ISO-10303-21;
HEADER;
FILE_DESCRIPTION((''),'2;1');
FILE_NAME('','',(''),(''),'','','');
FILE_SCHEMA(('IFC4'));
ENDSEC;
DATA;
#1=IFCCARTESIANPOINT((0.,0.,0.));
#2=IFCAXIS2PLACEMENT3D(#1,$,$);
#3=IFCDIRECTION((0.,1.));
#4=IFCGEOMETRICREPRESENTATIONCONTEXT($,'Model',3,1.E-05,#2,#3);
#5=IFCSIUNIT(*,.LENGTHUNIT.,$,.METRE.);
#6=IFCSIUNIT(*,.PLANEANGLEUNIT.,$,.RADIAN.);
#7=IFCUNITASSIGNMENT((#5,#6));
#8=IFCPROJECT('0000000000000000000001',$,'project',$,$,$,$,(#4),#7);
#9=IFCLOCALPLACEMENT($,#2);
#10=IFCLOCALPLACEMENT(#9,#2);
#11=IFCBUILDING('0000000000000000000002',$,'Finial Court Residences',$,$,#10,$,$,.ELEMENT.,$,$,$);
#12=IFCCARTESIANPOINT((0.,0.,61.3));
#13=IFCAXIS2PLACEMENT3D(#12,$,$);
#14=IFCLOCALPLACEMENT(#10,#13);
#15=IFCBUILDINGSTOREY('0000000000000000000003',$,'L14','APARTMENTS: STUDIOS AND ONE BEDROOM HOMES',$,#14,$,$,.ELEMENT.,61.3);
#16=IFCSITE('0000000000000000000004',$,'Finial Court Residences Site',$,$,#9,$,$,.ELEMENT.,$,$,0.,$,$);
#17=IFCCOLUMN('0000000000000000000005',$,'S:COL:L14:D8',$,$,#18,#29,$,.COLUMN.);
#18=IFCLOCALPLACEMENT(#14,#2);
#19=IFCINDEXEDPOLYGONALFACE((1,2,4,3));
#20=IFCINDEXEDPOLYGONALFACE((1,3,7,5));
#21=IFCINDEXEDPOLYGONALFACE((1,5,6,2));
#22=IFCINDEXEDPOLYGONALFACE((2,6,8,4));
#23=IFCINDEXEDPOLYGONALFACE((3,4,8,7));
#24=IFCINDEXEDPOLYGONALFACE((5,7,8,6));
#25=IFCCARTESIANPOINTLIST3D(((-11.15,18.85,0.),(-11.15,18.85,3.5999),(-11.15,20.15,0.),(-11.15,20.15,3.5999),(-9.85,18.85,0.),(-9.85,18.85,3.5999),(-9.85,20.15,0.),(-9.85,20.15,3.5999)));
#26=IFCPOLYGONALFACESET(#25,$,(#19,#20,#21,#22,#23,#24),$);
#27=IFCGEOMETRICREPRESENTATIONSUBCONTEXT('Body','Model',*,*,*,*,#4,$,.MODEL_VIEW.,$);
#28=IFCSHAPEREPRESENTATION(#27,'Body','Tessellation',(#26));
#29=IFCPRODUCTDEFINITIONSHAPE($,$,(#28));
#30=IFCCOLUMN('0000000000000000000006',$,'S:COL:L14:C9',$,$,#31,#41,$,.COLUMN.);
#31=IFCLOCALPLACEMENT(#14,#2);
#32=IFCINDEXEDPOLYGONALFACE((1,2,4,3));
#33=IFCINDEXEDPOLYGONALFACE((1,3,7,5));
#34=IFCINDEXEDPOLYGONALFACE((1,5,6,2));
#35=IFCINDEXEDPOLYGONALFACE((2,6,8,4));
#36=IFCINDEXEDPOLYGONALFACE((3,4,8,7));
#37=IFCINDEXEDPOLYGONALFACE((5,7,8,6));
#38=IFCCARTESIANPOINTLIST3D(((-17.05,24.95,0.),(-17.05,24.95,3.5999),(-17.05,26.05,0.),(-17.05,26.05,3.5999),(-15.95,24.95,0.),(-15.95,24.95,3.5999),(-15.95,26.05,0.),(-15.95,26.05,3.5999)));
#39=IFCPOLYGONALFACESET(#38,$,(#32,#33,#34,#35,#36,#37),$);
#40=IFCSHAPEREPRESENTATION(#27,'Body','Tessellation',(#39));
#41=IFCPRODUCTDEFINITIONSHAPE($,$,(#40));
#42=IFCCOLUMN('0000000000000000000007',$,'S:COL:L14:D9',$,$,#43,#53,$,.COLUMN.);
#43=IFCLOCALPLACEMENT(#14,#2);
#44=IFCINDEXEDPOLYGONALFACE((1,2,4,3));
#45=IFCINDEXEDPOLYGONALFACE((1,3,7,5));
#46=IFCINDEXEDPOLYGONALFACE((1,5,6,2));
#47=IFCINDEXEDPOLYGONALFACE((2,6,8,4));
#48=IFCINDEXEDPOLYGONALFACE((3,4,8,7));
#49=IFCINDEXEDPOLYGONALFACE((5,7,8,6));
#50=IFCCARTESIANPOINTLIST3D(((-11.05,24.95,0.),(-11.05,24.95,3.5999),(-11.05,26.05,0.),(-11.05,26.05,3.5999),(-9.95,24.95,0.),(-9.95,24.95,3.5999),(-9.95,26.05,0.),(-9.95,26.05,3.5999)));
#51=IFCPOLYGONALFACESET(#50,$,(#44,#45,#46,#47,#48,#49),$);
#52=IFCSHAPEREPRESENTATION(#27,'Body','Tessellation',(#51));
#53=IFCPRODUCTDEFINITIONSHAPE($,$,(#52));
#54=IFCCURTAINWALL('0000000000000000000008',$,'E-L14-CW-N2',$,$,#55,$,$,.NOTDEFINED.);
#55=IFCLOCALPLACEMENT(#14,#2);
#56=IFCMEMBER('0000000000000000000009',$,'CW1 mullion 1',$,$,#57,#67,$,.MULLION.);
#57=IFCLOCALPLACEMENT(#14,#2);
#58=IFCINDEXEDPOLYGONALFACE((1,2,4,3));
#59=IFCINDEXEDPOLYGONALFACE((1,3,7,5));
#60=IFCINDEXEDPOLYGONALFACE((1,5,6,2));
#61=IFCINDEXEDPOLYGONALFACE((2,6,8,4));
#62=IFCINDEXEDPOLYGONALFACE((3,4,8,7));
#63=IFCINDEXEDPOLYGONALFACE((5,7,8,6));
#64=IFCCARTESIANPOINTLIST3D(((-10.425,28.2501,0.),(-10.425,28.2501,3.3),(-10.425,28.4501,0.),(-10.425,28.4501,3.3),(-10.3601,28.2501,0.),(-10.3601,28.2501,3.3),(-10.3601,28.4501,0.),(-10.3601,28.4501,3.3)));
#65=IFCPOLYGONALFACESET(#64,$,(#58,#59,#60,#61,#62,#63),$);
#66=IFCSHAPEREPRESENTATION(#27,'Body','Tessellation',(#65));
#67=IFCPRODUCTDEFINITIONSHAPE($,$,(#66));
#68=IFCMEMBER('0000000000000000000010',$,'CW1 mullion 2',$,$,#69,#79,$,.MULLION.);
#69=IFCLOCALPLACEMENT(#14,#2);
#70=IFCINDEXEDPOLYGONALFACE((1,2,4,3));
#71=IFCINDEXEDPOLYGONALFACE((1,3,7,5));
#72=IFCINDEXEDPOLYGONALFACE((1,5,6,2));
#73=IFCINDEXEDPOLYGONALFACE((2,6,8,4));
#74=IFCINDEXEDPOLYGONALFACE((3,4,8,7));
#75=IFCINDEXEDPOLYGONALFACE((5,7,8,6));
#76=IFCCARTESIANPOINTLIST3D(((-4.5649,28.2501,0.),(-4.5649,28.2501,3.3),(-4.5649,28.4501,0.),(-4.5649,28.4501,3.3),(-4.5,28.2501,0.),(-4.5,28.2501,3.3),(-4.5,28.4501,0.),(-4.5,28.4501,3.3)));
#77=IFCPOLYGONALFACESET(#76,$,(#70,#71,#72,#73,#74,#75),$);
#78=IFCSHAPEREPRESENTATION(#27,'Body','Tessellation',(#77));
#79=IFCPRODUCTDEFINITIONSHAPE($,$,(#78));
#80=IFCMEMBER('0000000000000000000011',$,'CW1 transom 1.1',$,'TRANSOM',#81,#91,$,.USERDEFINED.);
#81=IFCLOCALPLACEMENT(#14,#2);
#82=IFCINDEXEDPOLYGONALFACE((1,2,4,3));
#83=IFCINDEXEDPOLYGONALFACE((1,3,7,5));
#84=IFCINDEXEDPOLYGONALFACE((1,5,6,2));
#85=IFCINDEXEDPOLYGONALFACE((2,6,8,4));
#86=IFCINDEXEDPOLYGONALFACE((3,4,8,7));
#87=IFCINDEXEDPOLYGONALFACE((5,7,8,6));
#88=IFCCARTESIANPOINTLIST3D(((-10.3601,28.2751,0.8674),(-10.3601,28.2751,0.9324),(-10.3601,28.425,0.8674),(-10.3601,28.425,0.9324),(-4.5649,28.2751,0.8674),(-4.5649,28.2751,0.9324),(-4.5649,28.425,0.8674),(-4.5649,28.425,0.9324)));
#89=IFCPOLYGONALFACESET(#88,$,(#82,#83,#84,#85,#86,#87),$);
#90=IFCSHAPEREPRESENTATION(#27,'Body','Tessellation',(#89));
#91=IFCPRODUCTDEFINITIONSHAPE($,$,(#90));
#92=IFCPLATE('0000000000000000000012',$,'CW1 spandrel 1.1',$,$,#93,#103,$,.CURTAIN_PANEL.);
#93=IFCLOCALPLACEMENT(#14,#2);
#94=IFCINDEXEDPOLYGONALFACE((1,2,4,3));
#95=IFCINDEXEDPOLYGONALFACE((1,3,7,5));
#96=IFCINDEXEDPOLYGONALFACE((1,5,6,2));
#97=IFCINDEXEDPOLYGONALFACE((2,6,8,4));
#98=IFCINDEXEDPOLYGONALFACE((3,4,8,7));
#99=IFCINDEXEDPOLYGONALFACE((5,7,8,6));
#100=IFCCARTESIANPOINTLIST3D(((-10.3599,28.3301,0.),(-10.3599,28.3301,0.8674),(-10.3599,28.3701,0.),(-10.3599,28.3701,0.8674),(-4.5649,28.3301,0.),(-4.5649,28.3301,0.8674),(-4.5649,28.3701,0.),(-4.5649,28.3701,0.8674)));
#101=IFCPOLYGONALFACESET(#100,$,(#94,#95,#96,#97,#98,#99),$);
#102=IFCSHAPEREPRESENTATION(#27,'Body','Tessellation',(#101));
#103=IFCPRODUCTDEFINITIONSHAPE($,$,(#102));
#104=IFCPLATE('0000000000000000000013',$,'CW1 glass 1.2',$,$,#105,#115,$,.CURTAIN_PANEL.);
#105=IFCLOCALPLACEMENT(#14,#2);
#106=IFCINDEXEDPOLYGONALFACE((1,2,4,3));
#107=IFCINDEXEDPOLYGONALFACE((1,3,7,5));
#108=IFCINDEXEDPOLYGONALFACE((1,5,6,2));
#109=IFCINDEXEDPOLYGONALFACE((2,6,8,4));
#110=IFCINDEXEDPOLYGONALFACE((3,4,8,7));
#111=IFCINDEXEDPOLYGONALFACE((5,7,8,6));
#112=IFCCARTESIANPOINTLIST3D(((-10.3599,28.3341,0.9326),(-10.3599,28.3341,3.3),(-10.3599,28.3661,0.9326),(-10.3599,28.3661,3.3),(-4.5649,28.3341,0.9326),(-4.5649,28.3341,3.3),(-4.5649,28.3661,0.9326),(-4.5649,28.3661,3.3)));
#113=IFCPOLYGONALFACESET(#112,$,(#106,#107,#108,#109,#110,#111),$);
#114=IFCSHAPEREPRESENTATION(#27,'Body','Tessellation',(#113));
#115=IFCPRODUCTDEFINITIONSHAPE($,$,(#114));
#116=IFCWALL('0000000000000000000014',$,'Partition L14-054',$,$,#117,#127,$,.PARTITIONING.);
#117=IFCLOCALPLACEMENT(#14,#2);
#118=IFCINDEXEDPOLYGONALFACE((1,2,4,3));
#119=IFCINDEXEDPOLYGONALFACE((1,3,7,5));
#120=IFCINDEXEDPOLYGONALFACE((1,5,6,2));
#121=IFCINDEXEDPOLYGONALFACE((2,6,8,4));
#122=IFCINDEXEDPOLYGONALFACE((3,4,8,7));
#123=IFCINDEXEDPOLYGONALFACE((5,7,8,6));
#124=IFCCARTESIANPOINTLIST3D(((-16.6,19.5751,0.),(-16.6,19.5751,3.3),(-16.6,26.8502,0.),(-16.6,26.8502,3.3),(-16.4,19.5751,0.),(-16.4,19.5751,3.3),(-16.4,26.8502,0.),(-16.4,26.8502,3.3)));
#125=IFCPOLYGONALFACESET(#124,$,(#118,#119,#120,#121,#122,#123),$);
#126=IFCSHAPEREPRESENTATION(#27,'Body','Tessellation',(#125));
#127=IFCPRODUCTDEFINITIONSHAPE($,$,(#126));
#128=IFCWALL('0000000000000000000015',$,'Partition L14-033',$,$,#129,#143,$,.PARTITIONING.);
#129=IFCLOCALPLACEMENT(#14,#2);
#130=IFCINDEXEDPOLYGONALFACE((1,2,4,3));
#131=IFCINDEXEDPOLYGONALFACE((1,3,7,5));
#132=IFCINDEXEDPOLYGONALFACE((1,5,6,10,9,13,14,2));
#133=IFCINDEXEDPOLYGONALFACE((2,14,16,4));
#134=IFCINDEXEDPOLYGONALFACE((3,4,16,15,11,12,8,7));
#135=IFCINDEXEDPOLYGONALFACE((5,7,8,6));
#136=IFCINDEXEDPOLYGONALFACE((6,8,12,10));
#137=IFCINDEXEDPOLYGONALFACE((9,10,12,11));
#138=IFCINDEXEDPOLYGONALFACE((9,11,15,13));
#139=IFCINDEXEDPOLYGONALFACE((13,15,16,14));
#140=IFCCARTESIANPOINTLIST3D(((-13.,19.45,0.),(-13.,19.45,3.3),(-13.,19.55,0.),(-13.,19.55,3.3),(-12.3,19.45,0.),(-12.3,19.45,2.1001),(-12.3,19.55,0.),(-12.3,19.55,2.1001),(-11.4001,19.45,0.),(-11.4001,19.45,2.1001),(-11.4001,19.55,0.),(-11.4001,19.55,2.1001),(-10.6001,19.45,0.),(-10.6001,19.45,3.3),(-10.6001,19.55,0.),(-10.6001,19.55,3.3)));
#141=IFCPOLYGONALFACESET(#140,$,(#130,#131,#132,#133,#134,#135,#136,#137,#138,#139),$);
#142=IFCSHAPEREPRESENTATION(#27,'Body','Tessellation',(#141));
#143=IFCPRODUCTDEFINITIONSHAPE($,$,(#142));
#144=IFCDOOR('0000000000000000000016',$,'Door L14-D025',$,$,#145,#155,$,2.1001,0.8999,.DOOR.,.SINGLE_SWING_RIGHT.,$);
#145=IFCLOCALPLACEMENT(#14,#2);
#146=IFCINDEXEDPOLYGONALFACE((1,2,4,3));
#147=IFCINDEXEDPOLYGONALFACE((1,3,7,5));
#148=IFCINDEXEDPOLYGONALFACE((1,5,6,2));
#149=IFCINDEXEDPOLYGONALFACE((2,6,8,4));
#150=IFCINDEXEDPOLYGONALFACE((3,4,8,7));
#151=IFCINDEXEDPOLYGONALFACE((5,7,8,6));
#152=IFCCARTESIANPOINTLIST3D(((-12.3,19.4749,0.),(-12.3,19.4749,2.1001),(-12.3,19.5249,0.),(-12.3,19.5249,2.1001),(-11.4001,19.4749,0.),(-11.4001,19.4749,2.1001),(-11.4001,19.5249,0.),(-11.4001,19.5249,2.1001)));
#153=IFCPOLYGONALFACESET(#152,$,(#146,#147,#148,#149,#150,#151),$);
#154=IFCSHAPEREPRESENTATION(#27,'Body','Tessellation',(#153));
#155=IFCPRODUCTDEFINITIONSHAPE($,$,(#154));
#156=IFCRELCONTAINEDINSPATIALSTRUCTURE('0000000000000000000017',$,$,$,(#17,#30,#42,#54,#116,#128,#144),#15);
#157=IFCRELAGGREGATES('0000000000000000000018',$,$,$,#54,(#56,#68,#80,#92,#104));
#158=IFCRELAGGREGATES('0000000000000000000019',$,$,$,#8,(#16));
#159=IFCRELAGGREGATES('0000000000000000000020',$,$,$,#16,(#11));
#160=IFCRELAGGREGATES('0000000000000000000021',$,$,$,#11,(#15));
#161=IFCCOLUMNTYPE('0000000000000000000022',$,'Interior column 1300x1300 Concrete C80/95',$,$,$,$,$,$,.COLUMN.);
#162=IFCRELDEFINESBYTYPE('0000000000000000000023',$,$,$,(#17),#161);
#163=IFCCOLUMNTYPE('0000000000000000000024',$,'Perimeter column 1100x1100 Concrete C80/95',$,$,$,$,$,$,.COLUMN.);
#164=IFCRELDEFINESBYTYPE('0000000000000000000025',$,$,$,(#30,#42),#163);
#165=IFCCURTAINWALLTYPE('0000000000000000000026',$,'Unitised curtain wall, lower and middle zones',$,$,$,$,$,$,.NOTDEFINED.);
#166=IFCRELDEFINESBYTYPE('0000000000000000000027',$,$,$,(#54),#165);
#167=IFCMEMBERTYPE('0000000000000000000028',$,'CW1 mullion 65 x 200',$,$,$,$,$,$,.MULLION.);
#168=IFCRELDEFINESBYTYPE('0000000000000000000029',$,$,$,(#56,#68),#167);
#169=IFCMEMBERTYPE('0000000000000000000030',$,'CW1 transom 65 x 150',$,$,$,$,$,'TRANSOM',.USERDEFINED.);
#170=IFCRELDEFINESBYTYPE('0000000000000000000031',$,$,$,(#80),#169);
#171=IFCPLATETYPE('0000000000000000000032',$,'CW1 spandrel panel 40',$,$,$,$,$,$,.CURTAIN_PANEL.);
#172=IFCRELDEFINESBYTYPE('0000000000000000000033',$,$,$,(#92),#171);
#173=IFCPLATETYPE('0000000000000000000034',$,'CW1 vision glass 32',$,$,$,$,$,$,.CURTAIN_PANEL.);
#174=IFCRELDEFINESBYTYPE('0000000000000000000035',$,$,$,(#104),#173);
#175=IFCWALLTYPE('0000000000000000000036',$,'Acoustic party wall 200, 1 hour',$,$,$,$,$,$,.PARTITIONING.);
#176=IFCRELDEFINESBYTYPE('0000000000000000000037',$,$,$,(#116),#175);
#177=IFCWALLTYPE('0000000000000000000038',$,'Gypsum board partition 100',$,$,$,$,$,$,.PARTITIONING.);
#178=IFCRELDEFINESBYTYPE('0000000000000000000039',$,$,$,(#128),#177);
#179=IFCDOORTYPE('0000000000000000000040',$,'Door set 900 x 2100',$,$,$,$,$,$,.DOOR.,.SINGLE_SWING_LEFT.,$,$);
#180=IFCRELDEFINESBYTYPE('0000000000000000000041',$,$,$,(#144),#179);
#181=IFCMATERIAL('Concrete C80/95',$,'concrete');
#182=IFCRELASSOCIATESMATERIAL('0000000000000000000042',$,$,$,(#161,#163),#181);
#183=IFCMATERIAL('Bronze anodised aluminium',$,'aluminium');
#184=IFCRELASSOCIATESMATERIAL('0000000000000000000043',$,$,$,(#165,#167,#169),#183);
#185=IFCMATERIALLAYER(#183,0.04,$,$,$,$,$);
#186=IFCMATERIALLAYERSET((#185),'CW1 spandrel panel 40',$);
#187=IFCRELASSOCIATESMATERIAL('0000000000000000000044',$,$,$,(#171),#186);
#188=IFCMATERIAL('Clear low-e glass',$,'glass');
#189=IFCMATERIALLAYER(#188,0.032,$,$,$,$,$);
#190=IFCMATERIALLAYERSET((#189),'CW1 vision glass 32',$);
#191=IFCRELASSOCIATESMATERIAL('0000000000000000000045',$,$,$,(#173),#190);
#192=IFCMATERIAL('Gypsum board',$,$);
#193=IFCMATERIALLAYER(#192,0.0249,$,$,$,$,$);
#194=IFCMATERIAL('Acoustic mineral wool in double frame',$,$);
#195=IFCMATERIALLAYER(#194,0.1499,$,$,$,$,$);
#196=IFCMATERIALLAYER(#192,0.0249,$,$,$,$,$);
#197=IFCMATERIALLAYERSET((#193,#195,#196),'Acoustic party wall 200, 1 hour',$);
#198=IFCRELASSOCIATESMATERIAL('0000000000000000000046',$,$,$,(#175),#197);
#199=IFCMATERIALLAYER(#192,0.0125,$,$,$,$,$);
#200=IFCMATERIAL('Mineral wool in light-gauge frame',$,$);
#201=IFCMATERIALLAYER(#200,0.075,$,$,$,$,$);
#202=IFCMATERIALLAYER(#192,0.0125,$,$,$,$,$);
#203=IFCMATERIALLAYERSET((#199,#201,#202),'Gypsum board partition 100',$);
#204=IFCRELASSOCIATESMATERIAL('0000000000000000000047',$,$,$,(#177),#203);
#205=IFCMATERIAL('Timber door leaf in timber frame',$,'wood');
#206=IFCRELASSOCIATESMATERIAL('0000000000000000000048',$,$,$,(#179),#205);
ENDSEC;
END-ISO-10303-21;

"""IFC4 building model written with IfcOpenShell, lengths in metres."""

from ifc_helpers import new_model, si_unit, direction, frame, frame_2d, origin, origin_2d, place, context, subcontext, project, spatial, rectangle, extrude, material, layer, layer_set, material_profile, profile_set, type_object, element, fill, aggregate, save


model = new_model("IFC4")

# Units and contexts
model_context = context("Model", 3, precision=1e-05, world=origin(), true_north=direction((0.0, 1.0)))
body_context = subcontext(model_context, "Body", "Model", "MODEL_VIEW")
ifc_project = project(units=[si_unit("LENGTHUNIT", "METRE"), si_unit("PLANEANGLEUNIT", "RADIAN")], contexts=[model_context])

# Site, building, storey
site_placement = place(None, origin())
site = spatial("IfcSite", under=ifc_project, at=site_placement, Name="Finial Court Residences Site", CompositionType="ELEMENT", RefElevation=0.0)
building_placement = place(site_placement, origin())
building = spatial("IfcBuilding", under=site, at=building_placement, Name="Finial Court Residences", CompositionType="ELEMENT")
storey_placement = place(building_placement, frame((0.0, 0.0, 61.3)))
storey = spatial("IfcBuildingStorey", under=building, at=storey_placement, Name="L14", Description="APARTMENTS: STUDIOS AND ONE BEDROOM HOMES", CompositionType="ELEMENT", Elevation=61.3)

# Columns
ifc_material_1 = material(Name="Concrete C80/95", Category="concrete")
ifc_material_profile_1 = material_profile(ifc_material_1, rectangle(XDim=1.3, YDim=1.3, at=origin_2d()), Name="1300x1300")
ifc_profile_set_1 = profile_set([ifc_material_profile_1], Name="Concrete C80/95")
column_type_1 = type_object("IfcColumnType", Name="Interior column 1300x1300 Concrete C80/95", PredefinedType="COLUMN", material=ifc_profile_set_1)
column_placement = place(storey_placement, frame((-10.5, 19.5, 0.0), z_axis=(0.0, 0.0, 1.0), x_axis=(1.0, 0.0, 0.0)))
element("IfcColumn", 1, at=column_placement, inside=storey, type_object=column_type_1, Name="S:COL:L14:D8", PredefinedType="COLUMN", context=body_context, shape_type="SweptSolid", body=[
    extrude(rectangle(XDim=1.3, YDim=1.3, at=origin_2d()), origin(), (0.0, 0.0, 1.0), 3.5999),
])
ifc_material_profile_2 = material_profile(ifc_material_1, rectangle(XDim=1.1001, YDim=1.1001, at=origin_2d()), Name="1100x1100")
ifc_profile_set_2 = profile_set([ifc_material_profile_2], Name="Concrete C80/95")
column_type_2 = type_object("IfcColumnType", Name="Perimeter column 1100x1100 Concrete C80/95", PredefinedType="COLUMN", material=ifc_profile_set_2)
for number, where, z_axis, x_axis, name in (
    (2, (-16.5, 25.5, 0.0), (0.0, 0.0, 1.0), (1.0, 0.0, 0.0), "S:COL:L14:C9"),
    (3, (-10.5, 25.5, 0.0), (0.0, 0.0, 1.0), (1.0, 0.0, 0.0), "S:COL:L14:D9"),
):
    element("IfcColumn", number, at=place(storey_placement, frame(where, z_axis=z_axis, x_axis=x_axis)), inside=storey, type_object=column_type_2, Name=name, PredefinedType="COLUMN", context=body_context, shape_type="SweptSolid", body=[
        extrude(rectangle(XDim=1.1001, YDim=1.1001, at=origin_2d()), origin(), (0.0, 0.0, 1.0), 3.5999),
    ])

# Curtain wall, members, plates
ifc_material_2 = material(Name="Bronze anodised aluminium", Category="aluminium")
curtain_wall_type = type_object("IfcCurtainWallType", Name="Unitised curtain wall, lower and middle zones", PredefinedType="NOTDEFINED", material=ifc_material_2)
curtain_wall_placement = place(storey_placement, origin())
curtain_wall = element("IfcCurtainWall", 4, at=curtain_wall_placement, inside=storey, type_object=curtain_wall_type, Name="E-L14-CW-N2", PredefinedType="NOTDEFINED")
ifc_material_profile_3 = material_profile(ifc_material_2, rectangle(XDim=0.2, YDim=0.0649, at=origin_2d()), Name="CW1 mullion 65 x 200")
ifc_profile_set_3 = profile_set([ifc_material_profile_3], Name="Bronze anodised aluminium")
member_type_1 = type_object("IfcMemberType", Name="CW1 mullion 65 x 200", PredefinedType="MULLION", material=ifc_profile_set_3)
member_1_placement = place(storey_placement, frame((-10.3926, 28.3501, 0.0), z_axis=(0.0, 0.0, 1.0), x_axis=(0.0, 1.0, 0.0)))
member_1 = element("IfcMember", 5, at=member_1_placement, type_object=member_type_1, Name="CW1 mullion 1", PredefinedType="MULLION", context=body_context, shape_type="SweptSolid", body=[
    extrude(rectangle(XDim=0.2, YDim=0.0649, at=origin_2d()), origin(), (0.0, 0.0, 1.0), 3.3),
])
member_2_placement = place(storey_placement, frame((-4.5325, 28.3501, 0.0), z_axis=(0.0, 0.0, 1.0), x_axis=(0.0, 1.0, 0.0)))
member_2 = element("IfcMember", 6, at=member_2_placement, type_object=member_type_1, Name="CW1 mullion 2", PredefinedType="MULLION", context=body_context, shape_type="SweptSolid", body=[
    extrude(rectangle(XDim=0.2, YDim=0.0649, at=origin_2d()), origin(), (0.0, 0.0, 1.0), 3.3),
])
ifc_material_profile_4 = material_profile(ifc_material_2, rectangle(XDim=0.1499, YDim=0.0649, at=origin_2d()), Name="CW1 transom 65 x 150")
ifc_profile_set_4 = profile_set([ifc_material_profile_4], Name="Bronze anodised aluminium")
member_type_2 = type_object("IfcMemberType", Name="CW1 transom 65 x 150", ElementType="TRANSOM", PredefinedType="USERDEFINED", material=ifc_profile_set_4)
member_3_placement = place(storey_placement, frame((-10.3601, 28.3501, 0.8999), z_axis=(1.0, 0.0, 0.0), x_axis=(0.0, 1.0, 0.0)))
member_3 = element("IfcMember", 7, at=member_3_placement, type_object=member_type_2, Name="CW1 transom 1.1", ObjectType="TRANSOM", PredefinedType="USERDEFINED", context=body_context, shape_type="SweptSolid", body=[
    extrude(rectangle(XDim=0.1499, YDim=0.0649, at=origin_2d()), origin(), (0.0, 0.0, 1.0), 5.7952),
])
ifc_layer_1 = layer(ifc_material_2, 0.04)
ifc_layer_set_1 = layer_set([ifc_layer_1], Name="CW1 spandrel panel 40")
plate_type_1 = type_object("IfcPlateType", Name="CW1 spandrel panel 40", PredefinedType="CURTAIN_PANEL", material=ifc_layer_set_1)
plate_1_placement = place(storey_placement, frame((-7.4624, 28.3501, 0.0), z_axis=(0.0, 0.0, 1.0), x_axis=(1.0, 0.0, 0.0)))
plate_1 = element("IfcPlate", 8, at=plate_1_placement, type_object=plate_type_1, Name="CW1 spandrel 1.1", PredefinedType="CURTAIN_PANEL", context=body_context, shape_type="SweptSolid", body=[
    extrude(rectangle(XDim=5.7949, YDim=0.04, at=origin_2d()), origin(), (0.0, 0.0, 1.0), 0.8674),
])
ifc_material_3 = material(Name="Clear low-e glass", Category="glass")
ifc_layer_2 = layer(ifc_material_3, 0.032)
ifc_layer_set_2 = layer_set([ifc_layer_2], Name="CW1 vision glass 32")
plate_type_2 = type_object("IfcPlateType", Name="CW1 vision glass 32", PredefinedType="CURTAIN_PANEL", material=ifc_layer_set_2)
plate_2_placement = place(storey_placement, frame((-7.4624, 28.3501, 0.9326), z_axis=(0.0, 0.0, 1.0), x_axis=(1.0, 0.0, 0.0)))
plate_2 = element("IfcPlate", 9, at=plate_2_placement, type_object=plate_type_2, Name="CW1 glass 1.2", PredefinedType="CURTAIN_PANEL", context=body_context, shape_type="SweptSolid", body=[
    extrude(rectangle(XDim=5.7949, YDim=0.032, at=origin_2d()), origin(), (0.0, 0.0, 1.0), 2.3674),
])
aggregate(curtain_wall, [member_1, member_2, member_3, plate_1, plate_2])

# Wall
ifc_material_4 = material(Name="Gypsum board")
ifc_layer_3 = layer(ifc_material_4, 0.0249)
ifc_material_5 = material(Name="Acoustic mineral wool in double frame")
ifc_layer_4 = layer(ifc_material_5, 0.1499)
ifc_layer_5 = layer(ifc_material_4, 0.0249)
ifc_layer_set_3 = layer_set([ifc_layer_3, ifc_layer_4, ifc_layer_5], Name="Acoustic party wall 200, 1 hour")
wall_type_1 = type_object("IfcWallType", Name="Acoustic party wall 200, 1 hour", PredefinedType="PARTITIONING", material=ifc_layer_set_3)
wall_1_placement = place(storey_placement, frame((-16.5, 19.575, 0.0), z_axis=(0.0, 0.0, 1.0), x_axis=(0.0, 1.0, 0.0)))
element("IfcWall", 10, at=wall_1_placement, inside=storey, type_object=wall_type_1, Name="Partition L14-054", PredefinedType="PARTITIONING", context=body_context, shape_type="SweptSolid", body=[
    extrude(rectangle(XDim=7.2751, YDim=0.2, at=frame_2d((3.6377, 0.0))), origin(), (0.0, 0.0, 1.0), 3.3),
])

# Wall, opening, door
ifc_layer_6 = layer(ifc_material_4, 0.0125)
ifc_material_6 = material(Name="Mineral wool in light-gauge frame")
ifc_layer_7 = layer(ifc_material_6, 0.075)
ifc_layer_8 = layer(ifc_material_4, 0.0125)
ifc_layer_set_4 = layer_set([ifc_layer_6, ifc_layer_7, ifc_layer_8], Name="Gypsum board partition 100")
wall_type_2 = type_object("IfcWallType", Name="Gypsum board partition 100", PredefinedType="PARTITIONING", material=ifc_layer_set_4)
wall_2_placement = place(storey_placement, frame((-13.0, 19.5, 0.0), z_axis=(0.0, 0.0, 1.0), x_axis=(1.0, 0.0, 0.0)))
wall_2 = element("IfcWall", 11, at=wall_2_placement, inside=storey, type_object=wall_type_2, Name="Partition L14-033", PredefinedType="PARTITIONING", context=body_context, shape_type="SweptSolid", body=[
    extrude(rectangle(XDim=2.3999, YDim=0.1001, at=frame_2d((1.2, 0.0))), origin(), (0.0, 0.0, 1.0), 3.3),
])
opening_1_placement = place(wall_2_placement, frame((0.7, 0.0, 0.0)))
opening_1 = element("IfcOpeningElement", 12, at=opening_1_placement, cuts=wall_2, PredefinedType="OPENING", context=body_context, shape_type="SweptSolid", body=[
    extrude(rectangle(XDim=0.8999, YDim=2.1001, at=frame_2d((0.45, 1.05))), frame((0.0, 0.0601, 0.0), z_axis=(0.0, -1.0, 0.0), x_axis=(1.0, 0.0, 0.0)), (0.0, 0.0, 1.0), 0.1201),
])
ifc_material_7 = material(Name="Timber door leaf in timber frame", Category="wood")
door_type_1 = type_object("IfcDoorType", Name="Door set 900 x 2100", OperationType="SINGLE_SWING_LEFT", PredefinedType="DOOR", material=ifc_material_7)
door_1_placement = place(opening_1_placement, origin())
door_1 = element("IfcDoor", 13, at=door_1_placement, inside=storey, type_object=door_type_1, Name="Door L14-D025", OperationType="SINGLE_SWING_RIGHT", OverallHeight=2.1001, OverallWidth=0.8999, PredefinedType="DOOR", context=body_context, shape_type="SweptSolid", body=[
    extrude(rectangle(XDim=0.8999, YDim=2.1001, at=frame_2d((0.45, 1.05))), frame((0.0, 0.0249, 0.0), z_axis=(0.0, -1.0, 0.0), x_axis=(1.0, 0.0, 0.0)), (0.0, 0.0, 1.0), 0.05),
])
fill(opening_1, door_1)

save(model, "model.ifc")
